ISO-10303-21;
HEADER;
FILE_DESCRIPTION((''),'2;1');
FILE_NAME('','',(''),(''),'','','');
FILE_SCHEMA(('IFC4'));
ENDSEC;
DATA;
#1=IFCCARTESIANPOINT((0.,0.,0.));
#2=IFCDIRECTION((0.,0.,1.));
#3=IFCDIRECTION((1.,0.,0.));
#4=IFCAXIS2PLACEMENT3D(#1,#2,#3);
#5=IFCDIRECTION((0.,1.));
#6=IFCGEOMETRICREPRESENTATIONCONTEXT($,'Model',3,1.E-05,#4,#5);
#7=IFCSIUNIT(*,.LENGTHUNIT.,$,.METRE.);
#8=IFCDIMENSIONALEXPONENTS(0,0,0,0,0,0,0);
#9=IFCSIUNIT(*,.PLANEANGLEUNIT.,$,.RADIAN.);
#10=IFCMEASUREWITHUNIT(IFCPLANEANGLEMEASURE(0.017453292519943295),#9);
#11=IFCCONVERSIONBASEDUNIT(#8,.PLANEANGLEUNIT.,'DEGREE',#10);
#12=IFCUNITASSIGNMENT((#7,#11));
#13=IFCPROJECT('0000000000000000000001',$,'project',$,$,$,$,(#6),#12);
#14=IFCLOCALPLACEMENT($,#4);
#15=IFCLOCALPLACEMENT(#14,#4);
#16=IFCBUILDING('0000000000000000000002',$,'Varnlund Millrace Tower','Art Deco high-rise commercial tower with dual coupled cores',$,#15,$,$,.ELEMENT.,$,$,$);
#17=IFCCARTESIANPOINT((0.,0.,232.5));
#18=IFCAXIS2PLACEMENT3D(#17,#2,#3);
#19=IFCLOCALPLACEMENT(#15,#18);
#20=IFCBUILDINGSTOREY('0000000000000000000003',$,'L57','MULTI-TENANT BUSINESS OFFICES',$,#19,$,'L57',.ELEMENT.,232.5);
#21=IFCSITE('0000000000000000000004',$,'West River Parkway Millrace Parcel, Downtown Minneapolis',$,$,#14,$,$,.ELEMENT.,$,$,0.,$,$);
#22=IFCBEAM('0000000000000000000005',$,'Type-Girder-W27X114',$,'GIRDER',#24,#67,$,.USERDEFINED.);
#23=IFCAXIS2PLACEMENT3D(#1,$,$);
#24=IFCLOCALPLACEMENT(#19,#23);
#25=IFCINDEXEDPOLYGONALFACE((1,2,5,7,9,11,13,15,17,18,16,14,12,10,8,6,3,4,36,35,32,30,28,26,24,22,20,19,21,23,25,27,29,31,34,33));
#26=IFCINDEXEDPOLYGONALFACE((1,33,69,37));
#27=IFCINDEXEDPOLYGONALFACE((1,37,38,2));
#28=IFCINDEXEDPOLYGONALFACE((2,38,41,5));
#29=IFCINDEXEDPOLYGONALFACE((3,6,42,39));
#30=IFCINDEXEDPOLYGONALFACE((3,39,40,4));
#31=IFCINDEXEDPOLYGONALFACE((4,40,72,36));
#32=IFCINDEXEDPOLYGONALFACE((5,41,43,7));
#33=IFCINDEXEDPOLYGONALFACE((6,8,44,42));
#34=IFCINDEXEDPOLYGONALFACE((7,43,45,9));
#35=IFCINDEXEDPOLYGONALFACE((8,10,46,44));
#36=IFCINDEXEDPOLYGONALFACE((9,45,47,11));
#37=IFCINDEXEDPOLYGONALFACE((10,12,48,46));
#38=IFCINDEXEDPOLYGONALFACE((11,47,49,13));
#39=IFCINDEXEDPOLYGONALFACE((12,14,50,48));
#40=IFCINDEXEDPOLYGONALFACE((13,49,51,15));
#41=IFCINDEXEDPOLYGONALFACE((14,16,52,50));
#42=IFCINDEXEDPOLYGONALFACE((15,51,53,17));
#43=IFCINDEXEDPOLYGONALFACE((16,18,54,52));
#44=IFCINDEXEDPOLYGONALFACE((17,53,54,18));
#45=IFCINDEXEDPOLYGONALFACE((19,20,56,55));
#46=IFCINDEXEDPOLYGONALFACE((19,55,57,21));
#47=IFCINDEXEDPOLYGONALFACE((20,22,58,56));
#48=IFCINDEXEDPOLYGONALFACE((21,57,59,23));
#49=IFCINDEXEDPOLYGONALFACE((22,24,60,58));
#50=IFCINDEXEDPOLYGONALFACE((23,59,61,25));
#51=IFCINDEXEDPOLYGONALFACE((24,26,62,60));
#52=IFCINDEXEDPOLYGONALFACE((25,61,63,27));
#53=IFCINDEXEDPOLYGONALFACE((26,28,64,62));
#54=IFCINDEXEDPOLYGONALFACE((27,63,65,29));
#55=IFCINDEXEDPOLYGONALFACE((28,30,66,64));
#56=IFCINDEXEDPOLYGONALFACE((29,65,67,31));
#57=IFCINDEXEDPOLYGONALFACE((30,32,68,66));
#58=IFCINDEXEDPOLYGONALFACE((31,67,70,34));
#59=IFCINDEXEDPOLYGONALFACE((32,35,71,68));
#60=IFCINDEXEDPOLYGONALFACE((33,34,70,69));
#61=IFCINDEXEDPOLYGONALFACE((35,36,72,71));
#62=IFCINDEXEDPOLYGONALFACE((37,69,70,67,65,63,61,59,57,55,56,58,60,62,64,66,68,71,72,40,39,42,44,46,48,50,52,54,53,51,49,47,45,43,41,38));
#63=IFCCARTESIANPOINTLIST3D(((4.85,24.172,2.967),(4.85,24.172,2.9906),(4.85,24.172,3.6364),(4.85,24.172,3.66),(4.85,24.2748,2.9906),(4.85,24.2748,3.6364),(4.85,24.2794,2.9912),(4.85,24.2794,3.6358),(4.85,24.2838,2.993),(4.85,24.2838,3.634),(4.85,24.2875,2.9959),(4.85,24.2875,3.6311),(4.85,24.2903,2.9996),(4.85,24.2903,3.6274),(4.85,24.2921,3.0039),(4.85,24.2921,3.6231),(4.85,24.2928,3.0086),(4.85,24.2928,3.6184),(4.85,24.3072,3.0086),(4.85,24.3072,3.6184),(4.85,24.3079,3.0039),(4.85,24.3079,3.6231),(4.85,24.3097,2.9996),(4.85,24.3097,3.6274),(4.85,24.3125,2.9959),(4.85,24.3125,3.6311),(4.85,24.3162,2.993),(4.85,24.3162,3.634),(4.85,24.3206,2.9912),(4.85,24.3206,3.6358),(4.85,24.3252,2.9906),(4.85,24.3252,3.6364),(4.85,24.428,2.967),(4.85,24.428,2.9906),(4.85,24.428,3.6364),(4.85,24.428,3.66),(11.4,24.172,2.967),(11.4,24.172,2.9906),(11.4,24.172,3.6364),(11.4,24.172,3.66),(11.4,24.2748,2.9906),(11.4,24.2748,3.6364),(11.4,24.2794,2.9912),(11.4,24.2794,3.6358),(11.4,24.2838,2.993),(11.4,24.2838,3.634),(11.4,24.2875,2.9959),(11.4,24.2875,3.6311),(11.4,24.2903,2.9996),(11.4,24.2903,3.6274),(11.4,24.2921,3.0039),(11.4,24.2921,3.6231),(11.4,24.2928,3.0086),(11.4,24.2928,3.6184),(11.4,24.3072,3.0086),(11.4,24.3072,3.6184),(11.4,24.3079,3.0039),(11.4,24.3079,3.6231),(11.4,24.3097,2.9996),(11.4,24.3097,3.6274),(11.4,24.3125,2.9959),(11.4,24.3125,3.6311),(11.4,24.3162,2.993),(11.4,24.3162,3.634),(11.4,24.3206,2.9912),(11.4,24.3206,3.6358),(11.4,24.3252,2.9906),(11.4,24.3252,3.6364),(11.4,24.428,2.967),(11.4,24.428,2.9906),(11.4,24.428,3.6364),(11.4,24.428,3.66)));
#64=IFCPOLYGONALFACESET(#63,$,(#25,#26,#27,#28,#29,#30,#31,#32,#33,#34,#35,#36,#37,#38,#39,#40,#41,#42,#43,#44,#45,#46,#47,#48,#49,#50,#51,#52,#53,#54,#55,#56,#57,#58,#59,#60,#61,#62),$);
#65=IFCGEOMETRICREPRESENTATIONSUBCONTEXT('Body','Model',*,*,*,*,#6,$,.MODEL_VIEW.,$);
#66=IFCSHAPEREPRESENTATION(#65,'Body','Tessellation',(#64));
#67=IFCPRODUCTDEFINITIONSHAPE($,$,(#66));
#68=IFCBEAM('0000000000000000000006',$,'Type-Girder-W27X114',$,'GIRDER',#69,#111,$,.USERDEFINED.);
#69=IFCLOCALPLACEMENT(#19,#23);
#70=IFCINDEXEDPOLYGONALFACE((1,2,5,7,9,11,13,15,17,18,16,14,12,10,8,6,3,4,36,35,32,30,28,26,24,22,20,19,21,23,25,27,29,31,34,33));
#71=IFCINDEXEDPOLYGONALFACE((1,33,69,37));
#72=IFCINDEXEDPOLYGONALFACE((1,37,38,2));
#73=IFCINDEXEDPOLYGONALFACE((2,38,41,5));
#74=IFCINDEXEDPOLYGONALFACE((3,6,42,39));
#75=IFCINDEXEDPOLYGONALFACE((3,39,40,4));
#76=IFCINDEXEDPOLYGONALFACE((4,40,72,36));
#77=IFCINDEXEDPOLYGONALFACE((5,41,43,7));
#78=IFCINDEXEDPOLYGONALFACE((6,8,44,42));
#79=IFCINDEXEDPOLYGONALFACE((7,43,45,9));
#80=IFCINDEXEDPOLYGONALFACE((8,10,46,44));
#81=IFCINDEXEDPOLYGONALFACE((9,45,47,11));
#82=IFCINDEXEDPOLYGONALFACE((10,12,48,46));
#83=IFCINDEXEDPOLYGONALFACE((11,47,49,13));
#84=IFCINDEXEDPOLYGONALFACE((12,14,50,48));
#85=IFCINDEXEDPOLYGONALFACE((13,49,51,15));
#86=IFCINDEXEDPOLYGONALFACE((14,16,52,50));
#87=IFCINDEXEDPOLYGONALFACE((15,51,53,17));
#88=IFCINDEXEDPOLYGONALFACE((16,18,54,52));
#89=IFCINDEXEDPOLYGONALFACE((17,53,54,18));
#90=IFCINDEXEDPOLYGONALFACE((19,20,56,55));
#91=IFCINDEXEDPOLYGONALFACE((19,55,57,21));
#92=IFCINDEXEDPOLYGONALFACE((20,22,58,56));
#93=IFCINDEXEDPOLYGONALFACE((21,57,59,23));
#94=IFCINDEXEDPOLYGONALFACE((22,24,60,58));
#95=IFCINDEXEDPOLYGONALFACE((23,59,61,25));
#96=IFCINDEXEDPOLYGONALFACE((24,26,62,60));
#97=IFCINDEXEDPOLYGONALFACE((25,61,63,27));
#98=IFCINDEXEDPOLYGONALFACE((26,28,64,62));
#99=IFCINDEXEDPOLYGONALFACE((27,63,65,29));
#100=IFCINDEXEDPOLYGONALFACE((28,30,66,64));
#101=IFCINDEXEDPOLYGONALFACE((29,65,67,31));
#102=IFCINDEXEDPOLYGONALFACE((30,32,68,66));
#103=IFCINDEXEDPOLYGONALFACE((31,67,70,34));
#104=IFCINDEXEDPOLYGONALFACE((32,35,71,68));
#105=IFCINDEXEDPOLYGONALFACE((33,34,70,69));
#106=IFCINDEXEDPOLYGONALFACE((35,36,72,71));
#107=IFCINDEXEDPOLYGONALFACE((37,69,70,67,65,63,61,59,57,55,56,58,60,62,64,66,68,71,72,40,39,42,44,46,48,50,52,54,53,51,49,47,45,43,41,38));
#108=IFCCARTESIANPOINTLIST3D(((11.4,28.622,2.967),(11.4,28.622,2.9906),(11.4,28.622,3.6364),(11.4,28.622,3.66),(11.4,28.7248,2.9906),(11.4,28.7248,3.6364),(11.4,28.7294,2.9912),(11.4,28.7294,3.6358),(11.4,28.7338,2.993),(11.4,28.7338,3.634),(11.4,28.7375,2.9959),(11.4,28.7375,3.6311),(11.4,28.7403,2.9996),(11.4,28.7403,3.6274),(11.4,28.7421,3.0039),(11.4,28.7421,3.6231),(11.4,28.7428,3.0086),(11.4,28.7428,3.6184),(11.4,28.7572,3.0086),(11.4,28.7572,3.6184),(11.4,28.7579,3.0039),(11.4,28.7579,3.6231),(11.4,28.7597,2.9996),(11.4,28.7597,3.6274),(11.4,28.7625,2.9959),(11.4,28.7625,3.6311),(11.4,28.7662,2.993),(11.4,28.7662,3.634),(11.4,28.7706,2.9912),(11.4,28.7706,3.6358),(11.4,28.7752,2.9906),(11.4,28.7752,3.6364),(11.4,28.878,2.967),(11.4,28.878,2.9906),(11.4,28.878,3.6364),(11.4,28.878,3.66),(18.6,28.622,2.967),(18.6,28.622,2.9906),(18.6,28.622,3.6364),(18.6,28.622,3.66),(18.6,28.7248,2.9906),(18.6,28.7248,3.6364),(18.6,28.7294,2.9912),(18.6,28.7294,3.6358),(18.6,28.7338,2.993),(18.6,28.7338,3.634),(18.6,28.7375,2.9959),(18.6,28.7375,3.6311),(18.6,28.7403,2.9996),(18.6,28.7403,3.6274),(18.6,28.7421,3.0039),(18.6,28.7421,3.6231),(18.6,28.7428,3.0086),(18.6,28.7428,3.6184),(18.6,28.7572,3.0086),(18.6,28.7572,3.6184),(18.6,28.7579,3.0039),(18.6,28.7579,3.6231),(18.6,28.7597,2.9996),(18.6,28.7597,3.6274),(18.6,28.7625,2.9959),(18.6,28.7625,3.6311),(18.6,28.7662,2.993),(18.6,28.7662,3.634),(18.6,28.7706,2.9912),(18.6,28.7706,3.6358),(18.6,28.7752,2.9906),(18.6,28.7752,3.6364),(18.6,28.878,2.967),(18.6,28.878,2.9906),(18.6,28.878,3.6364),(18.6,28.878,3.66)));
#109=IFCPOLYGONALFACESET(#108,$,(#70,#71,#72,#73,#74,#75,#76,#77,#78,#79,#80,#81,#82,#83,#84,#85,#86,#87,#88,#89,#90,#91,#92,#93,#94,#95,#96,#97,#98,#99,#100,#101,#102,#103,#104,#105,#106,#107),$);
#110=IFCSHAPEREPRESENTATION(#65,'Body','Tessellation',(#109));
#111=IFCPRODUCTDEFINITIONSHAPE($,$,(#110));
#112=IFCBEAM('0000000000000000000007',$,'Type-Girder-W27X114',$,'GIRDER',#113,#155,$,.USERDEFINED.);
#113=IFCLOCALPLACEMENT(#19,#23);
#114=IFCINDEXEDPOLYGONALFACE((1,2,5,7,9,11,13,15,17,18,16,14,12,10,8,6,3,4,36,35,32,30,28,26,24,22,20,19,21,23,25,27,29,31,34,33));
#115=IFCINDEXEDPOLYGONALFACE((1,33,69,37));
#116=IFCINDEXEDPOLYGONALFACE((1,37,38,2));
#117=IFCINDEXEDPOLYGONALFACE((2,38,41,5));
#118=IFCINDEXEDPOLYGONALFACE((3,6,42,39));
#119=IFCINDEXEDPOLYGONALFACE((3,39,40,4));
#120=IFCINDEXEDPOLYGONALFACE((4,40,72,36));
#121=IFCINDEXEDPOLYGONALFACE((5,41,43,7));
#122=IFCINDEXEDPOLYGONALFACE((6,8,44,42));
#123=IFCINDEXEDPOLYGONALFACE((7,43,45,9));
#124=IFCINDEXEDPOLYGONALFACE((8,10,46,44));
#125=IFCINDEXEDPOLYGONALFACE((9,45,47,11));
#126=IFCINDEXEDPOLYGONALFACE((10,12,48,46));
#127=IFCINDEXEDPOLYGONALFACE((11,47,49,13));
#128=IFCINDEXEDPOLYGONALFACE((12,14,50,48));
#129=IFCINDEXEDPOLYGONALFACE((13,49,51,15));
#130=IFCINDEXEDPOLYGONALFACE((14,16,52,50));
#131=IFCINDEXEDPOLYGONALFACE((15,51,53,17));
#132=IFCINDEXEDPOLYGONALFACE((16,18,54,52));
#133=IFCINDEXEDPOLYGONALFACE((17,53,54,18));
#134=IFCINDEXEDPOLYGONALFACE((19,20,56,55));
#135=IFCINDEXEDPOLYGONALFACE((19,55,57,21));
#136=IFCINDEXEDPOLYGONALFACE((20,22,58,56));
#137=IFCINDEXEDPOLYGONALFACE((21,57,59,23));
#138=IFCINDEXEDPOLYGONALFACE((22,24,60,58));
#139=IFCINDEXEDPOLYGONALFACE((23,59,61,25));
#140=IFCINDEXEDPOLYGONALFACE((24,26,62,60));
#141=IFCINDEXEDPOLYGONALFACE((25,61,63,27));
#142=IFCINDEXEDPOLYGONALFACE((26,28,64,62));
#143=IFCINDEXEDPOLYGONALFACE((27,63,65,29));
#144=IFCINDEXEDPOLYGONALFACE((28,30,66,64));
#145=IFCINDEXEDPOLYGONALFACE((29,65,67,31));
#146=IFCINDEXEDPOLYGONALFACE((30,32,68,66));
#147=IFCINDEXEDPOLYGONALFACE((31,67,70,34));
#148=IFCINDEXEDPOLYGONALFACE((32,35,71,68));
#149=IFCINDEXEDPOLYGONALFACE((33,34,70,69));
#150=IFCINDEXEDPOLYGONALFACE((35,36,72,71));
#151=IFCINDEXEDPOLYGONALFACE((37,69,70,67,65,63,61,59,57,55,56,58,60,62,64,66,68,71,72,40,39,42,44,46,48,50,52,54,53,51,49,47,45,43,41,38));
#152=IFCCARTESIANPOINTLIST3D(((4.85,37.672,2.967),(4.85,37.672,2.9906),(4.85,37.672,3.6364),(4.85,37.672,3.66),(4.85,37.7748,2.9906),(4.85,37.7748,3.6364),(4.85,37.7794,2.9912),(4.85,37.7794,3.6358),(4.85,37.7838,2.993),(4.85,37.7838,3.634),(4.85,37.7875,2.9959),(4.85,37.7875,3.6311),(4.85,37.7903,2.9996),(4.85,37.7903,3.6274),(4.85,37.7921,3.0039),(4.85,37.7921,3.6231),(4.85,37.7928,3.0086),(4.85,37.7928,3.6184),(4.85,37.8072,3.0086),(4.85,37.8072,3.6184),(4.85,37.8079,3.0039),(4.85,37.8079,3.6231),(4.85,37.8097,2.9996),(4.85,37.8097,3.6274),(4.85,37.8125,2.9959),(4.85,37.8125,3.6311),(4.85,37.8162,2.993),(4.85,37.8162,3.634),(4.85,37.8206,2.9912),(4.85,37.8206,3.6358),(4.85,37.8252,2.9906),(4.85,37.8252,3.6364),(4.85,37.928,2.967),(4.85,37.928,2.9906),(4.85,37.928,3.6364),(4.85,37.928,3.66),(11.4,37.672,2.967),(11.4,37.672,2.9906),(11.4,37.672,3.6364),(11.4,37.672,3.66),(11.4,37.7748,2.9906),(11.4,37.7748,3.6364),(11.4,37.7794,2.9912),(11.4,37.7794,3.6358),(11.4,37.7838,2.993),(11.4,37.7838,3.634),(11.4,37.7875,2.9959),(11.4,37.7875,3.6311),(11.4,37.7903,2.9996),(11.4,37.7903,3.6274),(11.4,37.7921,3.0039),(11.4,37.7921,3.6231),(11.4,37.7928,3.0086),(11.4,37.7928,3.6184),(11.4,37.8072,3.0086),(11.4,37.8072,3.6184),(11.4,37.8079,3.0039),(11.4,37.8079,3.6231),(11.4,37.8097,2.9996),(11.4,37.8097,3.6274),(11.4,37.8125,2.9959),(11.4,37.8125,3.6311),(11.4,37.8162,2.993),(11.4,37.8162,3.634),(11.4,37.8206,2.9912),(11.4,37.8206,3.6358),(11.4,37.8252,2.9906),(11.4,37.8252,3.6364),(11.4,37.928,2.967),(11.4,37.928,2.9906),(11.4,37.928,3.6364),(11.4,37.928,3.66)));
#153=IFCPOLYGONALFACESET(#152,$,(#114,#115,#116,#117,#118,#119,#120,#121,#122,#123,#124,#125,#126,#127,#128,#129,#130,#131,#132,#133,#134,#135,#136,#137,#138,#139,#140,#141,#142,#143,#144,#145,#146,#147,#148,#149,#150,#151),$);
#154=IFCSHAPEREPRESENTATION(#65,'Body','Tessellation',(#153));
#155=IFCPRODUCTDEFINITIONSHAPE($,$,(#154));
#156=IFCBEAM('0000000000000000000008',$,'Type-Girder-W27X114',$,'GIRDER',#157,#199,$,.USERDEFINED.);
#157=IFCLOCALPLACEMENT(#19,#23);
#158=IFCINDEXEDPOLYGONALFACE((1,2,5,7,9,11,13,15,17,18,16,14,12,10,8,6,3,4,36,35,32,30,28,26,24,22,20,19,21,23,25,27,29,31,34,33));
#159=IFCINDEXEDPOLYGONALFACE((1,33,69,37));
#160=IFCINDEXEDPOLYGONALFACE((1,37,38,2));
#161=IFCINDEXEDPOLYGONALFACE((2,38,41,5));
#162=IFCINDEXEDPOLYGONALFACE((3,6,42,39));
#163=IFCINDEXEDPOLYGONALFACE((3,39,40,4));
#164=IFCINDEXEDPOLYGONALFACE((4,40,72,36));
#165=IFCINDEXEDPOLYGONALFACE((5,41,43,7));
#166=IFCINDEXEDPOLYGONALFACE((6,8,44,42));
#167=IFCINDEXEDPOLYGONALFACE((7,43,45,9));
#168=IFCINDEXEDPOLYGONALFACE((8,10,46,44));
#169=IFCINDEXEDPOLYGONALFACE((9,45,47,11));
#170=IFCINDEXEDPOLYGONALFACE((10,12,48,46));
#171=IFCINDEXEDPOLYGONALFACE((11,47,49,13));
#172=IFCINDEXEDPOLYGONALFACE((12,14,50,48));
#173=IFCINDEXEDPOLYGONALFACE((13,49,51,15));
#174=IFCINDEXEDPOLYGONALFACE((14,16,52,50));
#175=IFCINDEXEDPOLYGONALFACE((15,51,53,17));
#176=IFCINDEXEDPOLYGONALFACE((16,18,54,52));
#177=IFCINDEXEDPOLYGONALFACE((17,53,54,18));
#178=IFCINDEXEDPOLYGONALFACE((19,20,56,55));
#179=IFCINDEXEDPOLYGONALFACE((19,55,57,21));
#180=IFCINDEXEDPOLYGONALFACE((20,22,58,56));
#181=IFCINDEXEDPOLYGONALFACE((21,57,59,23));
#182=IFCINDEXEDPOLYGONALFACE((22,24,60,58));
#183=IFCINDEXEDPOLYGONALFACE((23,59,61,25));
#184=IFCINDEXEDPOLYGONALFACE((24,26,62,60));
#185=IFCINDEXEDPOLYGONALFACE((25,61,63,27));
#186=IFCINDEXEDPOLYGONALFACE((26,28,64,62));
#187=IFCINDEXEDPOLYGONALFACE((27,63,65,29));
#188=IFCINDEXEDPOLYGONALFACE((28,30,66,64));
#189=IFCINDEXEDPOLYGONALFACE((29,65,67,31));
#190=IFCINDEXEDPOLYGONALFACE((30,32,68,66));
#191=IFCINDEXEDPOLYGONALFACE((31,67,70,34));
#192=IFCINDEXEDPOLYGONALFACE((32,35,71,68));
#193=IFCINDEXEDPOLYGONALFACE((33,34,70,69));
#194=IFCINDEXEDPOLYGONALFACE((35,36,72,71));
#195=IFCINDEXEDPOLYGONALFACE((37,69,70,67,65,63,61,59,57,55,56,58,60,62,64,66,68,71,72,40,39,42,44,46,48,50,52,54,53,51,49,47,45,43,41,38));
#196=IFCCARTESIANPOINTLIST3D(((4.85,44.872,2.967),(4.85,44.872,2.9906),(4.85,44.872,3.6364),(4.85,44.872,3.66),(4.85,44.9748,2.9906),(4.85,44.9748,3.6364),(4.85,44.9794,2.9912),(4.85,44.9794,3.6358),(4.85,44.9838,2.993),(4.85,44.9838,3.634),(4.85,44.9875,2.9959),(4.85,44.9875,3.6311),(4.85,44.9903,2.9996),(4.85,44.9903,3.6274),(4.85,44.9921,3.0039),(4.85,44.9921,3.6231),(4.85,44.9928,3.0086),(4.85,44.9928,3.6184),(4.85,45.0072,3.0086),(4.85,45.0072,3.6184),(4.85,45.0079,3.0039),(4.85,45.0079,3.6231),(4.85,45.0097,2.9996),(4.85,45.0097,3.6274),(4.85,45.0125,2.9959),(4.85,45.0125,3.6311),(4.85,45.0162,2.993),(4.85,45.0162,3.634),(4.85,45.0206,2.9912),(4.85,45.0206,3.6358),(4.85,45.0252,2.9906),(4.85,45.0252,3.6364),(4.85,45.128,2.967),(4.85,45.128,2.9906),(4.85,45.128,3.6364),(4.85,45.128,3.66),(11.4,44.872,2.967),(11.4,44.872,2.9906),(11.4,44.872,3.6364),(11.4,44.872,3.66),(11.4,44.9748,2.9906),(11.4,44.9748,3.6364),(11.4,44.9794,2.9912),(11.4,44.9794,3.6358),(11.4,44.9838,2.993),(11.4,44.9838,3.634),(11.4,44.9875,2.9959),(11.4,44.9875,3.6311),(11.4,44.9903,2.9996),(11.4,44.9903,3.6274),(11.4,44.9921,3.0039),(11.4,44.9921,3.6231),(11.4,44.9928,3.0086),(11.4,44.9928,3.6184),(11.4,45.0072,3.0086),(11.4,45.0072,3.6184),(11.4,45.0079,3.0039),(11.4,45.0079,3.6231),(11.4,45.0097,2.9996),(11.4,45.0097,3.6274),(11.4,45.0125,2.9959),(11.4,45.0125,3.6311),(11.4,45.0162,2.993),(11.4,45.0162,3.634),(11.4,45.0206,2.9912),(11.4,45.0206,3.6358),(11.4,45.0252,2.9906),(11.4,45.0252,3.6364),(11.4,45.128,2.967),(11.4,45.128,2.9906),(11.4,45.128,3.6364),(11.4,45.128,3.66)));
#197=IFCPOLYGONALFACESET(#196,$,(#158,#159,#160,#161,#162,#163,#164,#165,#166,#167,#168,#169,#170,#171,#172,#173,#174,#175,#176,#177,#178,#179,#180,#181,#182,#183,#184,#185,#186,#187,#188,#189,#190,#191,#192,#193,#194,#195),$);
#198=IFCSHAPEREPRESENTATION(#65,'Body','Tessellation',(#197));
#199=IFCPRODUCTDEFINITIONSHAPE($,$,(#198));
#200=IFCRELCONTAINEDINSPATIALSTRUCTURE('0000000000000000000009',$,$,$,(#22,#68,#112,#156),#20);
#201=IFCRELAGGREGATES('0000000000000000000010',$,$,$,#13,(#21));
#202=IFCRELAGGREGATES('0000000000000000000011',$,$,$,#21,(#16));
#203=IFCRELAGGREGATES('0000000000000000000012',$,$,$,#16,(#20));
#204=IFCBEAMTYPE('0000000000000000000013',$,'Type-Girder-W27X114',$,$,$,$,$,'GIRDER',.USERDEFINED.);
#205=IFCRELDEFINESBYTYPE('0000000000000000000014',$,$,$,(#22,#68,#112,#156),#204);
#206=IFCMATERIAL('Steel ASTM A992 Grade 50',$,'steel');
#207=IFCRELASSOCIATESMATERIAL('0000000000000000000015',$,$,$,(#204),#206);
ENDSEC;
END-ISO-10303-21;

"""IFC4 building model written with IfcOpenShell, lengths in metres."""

from ifc_helpers import new_model, entity, si_unit, converted_unit, direction, frame, origin_with_axes, origin_2d_with_axis, place, context, subcontext, project, spatial, i_section, extrude, material, material_profile, profile_set, type_object, element, save


model = new_model("IFC4")

# Units and contexts
model_context = context("Model", 3, precision=1e-05, world=origin_with_axes(), true_north=direction((0.0, 1.0)))
body_context = subcontext(model_context, "Body", "Model", "MODEL_VIEW")
ifc_project = project(units=[si_unit("LENGTHUNIT", "METRE"), converted_unit("PLANEANGLEUNIT", "DEGREE", entity("IfcPlaneAngleMeasure", 0.017453292519943295), si_unit("PLANEANGLEUNIT", "RADIAN"), dimensions=[0, 0, 0, 0, 0, 0, 0])], contexts=[model_context])

# Site, building, storey
site_placement = place(None, origin_with_axes())
site = spatial("IfcSite", under=ifc_project, at=site_placement, Name="West River Parkway Millrace Parcel, Downtown Minneapolis", CompositionType="ELEMENT", RefElevation=0.0)
building_placement = place(site_placement, origin_with_axes())
building = spatial("IfcBuilding", under=site, at=building_placement, Name="Varnlund Millrace Tower", Description="Art Deco high-rise commercial tower with dual coupled cores", CompositionType="ELEMENT")
storey_placement = place(building_placement, frame((0.0, 0.0, 232.5), z_axis=(0.0, 0.0, 1.0), x_axis=(1.0, 0.0, 0.0)))
storey = spatial("IfcBuildingStorey", under=building, at=storey_placement, Name="L57", Description="MULTI-TENANT BUSINESS OFFICES", LongName="L57", CompositionType="ELEMENT", Elevation=232.5)

# Beams
ifc_material_1 = material(Name="Steel ASTM A992 Grade 50", Category="steel")
ifc_material_profile_1 = material_profile(ifc_material_1, i_section(OverallWidth=0.256, OverallDepth=0.693, WebThickness=0.0145, FlangeThickness=0.0236, FilletRadius=0.018, at=origin_2d_with_axis()), Name="Steel ASTM A992 Grade 50")
ifc_profile_set_1 = profile_set([ifc_material_profile_1], Name="Steel ASTM A992 Grade 50")
beam_type_1 = type_object("IfcBeamType", Name="Type-Girder-W27X114", ElementType="GIRDER", PredefinedType="USERDEFINED", material=ifc_profile_set_1)
beam_1_placement = place(storey_placement, frame((4.85, 24.3, 3.3135), z_axis=(1.0, 0.0, 0.0), x_axis=(0.0, 1.0, 0.0)))
element("IfcBeam", 1, at=beam_1_placement, inside=storey, type_object=beam_type_1, Name="Type-Girder-W27X114", ObjectType="GIRDER", PredefinedType="USERDEFINED", context=body_context, shape_type="SweptSolid", body=[
    extrude(i_section(OverallWidth=0.256, OverallDepth=0.693, WebThickness=0.0145, FlangeThickness=0.0236, FilletRadius=0.018, at=origin_2d_with_axis()), origin_with_axes(), (0.0, 0.0, 1.0), 6.55),
])
beam_2_placement = place(storey_placement, frame((11.4, 28.75, 3.3135), z_axis=(1.0, 0.0, 0.0), x_axis=(0.0, 1.0, 0.0)))
element("IfcBeam", 2, at=beam_2_placement, inside=storey, type_object=beam_type_1, Name="Type-Girder-W27X114", ObjectType="GIRDER", PredefinedType="USERDEFINED", context=body_context, shape_type="SweptSolid", body=[
    extrude(i_section(OverallWidth=0.256, OverallDepth=0.693, WebThickness=0.0145, FlangeThickness=0.0236, FilletRadius=0.018, at=origin_2d_with_axis()), origin_with_axes(), (0.0, 0.0, 1.0), 7.2),
])
for number, where, z_axis, x_axis, name in (
    (3, (4.85, 37.8, 3.3135), (1.0, 0.0, 0.0), (0.0, 1.0, 0.0), "Type-Girder-W27X114"),
    (4, (4.85, 45.0, 3.3135), (1.0, 0.0, 0.0), (0.0, 1.0, 0.0), "Type-Girder-W27X114"),
):
    element("IfcBeam", number, at=place(storey_placement, frame(where, z_axis=z_axis, x_axis=x_axis)), inside=storey, type_object=beam_type_1, Name=name, ObjectType="GIRDER", PredefinedType="USERDEFINED", context=body_context, shape_type="SweptSolid", body=[
        extrude(i_section(OverallWidth=0.256, OverallDepth=0.693, WebThickness=0.0145, FlangeThickness=0.0236, FilletRadius=0.018, at=origin_2d_with_axis()), origin_with_axes(), (0.0, 0.0, 1.0), 6.55),
    ])

save(model, "model.ifc")
